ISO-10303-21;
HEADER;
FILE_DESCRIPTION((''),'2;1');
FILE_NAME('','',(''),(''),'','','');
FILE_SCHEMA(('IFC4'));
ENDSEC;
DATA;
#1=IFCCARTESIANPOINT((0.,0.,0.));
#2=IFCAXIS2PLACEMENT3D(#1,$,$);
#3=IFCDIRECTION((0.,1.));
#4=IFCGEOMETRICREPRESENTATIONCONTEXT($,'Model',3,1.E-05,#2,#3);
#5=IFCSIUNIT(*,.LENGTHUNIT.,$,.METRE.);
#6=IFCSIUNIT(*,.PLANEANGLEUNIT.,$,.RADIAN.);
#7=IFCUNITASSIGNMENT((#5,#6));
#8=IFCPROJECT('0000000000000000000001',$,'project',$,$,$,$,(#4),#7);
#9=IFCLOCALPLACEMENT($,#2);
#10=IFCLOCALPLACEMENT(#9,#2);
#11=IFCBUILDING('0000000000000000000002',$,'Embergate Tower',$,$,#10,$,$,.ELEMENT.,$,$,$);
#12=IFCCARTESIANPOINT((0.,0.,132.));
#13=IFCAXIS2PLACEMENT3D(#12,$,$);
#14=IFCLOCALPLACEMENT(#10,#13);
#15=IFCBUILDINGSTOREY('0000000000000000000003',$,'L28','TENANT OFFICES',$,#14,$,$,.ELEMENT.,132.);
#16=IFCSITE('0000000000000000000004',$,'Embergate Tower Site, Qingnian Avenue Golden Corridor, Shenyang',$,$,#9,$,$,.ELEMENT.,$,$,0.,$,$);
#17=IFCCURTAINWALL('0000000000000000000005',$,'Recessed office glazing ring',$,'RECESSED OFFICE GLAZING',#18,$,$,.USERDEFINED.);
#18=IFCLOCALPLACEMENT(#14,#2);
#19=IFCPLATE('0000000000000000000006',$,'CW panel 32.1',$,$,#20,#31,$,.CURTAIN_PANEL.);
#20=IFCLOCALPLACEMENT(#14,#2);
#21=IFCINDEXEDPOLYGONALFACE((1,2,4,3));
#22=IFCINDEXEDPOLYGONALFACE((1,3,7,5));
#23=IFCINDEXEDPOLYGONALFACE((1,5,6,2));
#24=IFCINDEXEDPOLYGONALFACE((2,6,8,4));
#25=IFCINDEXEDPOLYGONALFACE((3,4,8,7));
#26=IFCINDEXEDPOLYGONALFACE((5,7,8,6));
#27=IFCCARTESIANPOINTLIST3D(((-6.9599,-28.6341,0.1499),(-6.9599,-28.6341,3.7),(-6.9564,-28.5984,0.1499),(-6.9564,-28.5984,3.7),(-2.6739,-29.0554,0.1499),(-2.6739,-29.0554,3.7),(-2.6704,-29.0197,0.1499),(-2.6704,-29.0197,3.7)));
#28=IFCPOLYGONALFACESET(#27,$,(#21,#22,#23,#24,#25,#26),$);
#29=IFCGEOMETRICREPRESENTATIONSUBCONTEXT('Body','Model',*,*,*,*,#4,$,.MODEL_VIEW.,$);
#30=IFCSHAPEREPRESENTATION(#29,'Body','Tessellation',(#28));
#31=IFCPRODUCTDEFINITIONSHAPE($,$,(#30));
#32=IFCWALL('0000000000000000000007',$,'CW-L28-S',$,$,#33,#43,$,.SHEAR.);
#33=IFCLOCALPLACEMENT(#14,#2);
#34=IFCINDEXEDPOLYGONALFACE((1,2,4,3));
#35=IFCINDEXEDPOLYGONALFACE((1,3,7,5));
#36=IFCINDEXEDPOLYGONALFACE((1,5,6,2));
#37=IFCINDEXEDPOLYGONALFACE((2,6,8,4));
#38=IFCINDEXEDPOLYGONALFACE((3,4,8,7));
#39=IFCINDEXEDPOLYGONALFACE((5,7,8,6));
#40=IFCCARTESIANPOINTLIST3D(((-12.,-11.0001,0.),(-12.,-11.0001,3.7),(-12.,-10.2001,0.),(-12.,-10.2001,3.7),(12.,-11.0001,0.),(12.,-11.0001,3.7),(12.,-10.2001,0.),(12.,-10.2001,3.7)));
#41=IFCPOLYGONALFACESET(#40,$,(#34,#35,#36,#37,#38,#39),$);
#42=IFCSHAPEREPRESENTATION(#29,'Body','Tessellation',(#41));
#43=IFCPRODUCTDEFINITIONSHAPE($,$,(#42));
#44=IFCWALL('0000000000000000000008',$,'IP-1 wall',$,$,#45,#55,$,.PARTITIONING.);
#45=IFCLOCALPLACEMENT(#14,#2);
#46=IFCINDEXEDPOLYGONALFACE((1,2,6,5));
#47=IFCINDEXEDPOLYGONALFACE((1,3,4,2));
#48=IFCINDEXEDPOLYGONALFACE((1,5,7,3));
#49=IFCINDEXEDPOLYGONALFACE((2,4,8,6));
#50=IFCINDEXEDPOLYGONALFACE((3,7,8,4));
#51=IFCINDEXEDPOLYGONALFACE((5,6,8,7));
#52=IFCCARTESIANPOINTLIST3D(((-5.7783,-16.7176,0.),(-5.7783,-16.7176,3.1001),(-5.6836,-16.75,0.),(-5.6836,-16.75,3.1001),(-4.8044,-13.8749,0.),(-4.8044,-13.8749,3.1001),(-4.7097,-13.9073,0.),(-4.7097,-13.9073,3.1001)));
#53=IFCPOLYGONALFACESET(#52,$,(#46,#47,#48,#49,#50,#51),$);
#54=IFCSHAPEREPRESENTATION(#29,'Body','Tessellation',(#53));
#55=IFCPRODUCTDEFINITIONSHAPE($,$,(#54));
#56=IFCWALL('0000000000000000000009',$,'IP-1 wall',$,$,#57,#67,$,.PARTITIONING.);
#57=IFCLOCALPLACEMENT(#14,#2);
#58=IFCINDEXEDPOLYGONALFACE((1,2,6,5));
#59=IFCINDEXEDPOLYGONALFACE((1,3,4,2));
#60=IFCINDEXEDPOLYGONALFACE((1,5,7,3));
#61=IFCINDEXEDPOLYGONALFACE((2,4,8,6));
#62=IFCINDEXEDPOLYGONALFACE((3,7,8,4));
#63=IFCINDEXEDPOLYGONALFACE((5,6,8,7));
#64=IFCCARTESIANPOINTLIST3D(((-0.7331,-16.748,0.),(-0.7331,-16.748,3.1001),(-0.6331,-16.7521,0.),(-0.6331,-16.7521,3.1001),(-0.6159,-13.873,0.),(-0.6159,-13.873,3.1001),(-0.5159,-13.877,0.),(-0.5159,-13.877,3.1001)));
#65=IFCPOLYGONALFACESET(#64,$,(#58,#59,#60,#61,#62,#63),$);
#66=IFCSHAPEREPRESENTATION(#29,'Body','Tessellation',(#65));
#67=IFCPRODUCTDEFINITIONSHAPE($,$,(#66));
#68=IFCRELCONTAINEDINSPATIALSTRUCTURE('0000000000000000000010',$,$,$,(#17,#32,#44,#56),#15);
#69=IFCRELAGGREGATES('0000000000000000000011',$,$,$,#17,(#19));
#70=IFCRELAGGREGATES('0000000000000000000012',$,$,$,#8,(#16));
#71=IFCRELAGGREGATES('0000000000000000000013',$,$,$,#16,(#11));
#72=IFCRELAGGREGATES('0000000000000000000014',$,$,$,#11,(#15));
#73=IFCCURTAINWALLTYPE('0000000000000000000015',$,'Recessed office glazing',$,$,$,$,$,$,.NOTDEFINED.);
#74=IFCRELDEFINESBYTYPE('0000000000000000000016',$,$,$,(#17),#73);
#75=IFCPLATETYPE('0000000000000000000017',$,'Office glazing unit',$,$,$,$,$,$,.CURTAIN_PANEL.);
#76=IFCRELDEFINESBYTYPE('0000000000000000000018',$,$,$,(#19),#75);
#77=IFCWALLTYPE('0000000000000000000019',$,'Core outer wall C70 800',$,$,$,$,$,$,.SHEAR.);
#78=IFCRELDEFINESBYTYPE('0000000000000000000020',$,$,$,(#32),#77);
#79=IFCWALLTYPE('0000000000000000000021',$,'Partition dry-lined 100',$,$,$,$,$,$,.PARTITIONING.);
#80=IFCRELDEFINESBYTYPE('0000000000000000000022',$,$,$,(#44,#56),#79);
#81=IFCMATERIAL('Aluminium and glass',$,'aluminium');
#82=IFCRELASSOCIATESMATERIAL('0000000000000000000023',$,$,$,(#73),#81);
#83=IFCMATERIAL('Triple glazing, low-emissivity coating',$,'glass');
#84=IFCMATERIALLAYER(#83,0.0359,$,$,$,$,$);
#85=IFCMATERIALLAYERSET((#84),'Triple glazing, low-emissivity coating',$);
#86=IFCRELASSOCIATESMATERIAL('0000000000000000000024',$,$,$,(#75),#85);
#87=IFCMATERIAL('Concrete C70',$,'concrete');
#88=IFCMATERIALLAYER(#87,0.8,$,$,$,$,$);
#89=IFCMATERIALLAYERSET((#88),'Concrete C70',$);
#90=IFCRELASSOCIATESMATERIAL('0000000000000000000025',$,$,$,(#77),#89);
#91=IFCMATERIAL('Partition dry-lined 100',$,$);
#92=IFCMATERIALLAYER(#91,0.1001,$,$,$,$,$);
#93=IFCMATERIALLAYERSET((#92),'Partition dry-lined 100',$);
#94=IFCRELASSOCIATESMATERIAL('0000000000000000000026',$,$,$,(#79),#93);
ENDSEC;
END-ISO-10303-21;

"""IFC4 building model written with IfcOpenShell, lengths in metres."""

from ifc_helpers import new_model, si_unit, direction, frame, frame_2d, origin, origin_2d, place, context, subcontext, project, spatial, rectangle, extrude, source, transform, mapped, material, layer, layer_set, type_object, element, aggregate, save


model = new_model("IFC4")

# Units and contexts
model_context = context("Model", 3, precision=1e-05, world=origin(), true_north=direction((0.0, 1.0)))
body_context = subcontext(model_context, "Body", "Model", "MODEL_VIEW")
ifc_project = project(units=[si_unit("LENGTHUNIT", "METRE"), si_unit("PLANEANGLEUNIT", "RADIAN")], contexts=[model_context])

# Site, building, storey
site_placement = place(None, origin())
site = spatial("IfcSite", under=ifc_project, at=site_placement, Name="Embergate Tower Site, Qingnian Avenue Golden Corridor, Shenyang", CompositionType="ELEMENT", RefElevation=0.0)
building_placement = place(site_placement, origin())
building = spatial("IfcBuilding", under=site, at=building_placement, Name="Embergate Tower", CompositionType="ELEMENT")
storey_placement = place(building_placement, frame((0.0, 0.0, 132.0)))
storey = spatial("IfcBuildingStorey", under=building, at=storey_placement, Name="L28", Description="TENANT OFFICES", CompositionType="ELEMENT", Elevation=132.0)

# Shared definitions
ifc_material_1 = material(Name="Concrete C70", Category="concrete")

# Curtain wall
ifc_material_2 = material(Name="Aluminium and glass", Category="aluminium")
curtain_wall_type = type_object("IfcCurtainWallType", Name="Recessed office glazing", PredefinedType="NOTDEFINED", material=ifc_material_2)
curtain_wall_placement = place(storey_placement, origin())
curtain_wall = element("IfcCurtainWall", 1, at=curtain_wall_placement, inside=storey, type_object=curtain_wall_type, Name="Recessed office glazing ring", ObjectType="RECESSED OFFICE GLAZING", PredefinedType="USERDEFINED")

# Plate
ifc_material_3 = material(Name="Triple glazing, low-emissivity coating", Category="glass")
ifc_layer_1 = layer(ifc_material_3, 0.0359)
ifc_layer_set_1 = layer_set([ifc_layer_1], Name="Triple glazing, low-emissivity coating")
plate_type = type_object("IfcPlateType", Name="Office glazing unit", PredefinedType="CURTAIN_PANEL", material=ifc_layer_set_1)
shared_shape_1 = source(origin(), body_context, "Body", "SweptSolid", [
    extrude(rectangle(XDim=4.3066, YDim=0.0359, at=origin_2d()), origin(), (0.0, 0.0, 1.0), 3.55),
])
plate_1_placement = place(storey_placement, frame((-4.8152, -28.8269, 0.1499), z_axis=(0.0, 0.0, 1.0), x_axis=(0.995203, -0.097828, 0.0)))
plate_1 = element("IfcPlate", 2, at=plate_1_placement, type_object=plate_type, Name="CW panel 32.1", PredefinedType="CURTAIN_PANEL", context=body_context, shape_type="MappedRepresentation", body=[
    mapped(shared_shape_1, transform((0.0, 0.0, 0.0))),
])
aggregate(curtain_wall, [plate_1])

# Walls
ifc_layer_2 = layer(ifc_material_1, 0.8)
ifc_layer_set_2 = layer_set([ifc_layer_2], Name="Concrete C70")
wall_type_1 = type_object("IfcWallType", Name="Core outer wall C70 800", PredefinedType="SHEAR", material=ifc_layer_set_2)
shared_shape_2 = source(origin(), body_context, "Body", "SweptSolid", [
    extrude(rectangle(XDim=24.0, YDim=0.8, at=frame_2d((12.0, 0.0))), origin(), (0.0, 0.0, 1.0), 3.7),
])
wall_1_placement = place(storey_placement, frame((-12.0, -10.6001, 0.0), z_axis=(0.0, 0.0, 1.0), x_axis=(1.0, 0.0, 0.0)))
element("IfcWall", 3, at=wall_1_placement, inside=storey, type_object=wall_type_1, Name="CW-L28-S", PredefinedType="SHEAR", context=body_context, shape_type="MappedRepresentation", body=[
    mapped(shared_shape_2, transform((0.0, 0.0, 0.0))),
])
ifc_material_4 = material(Name="Partition dry-lined 100")
ifc_layer_3 = layer(ifc_material_4, 0.1001)
ifc_layer_set_3 = layer_set([ifc_layer_3], Name="Partition dry-lined 100")
wall_type_2 = type_object("IfcWallType", Name="Partition dry-lined 100", PredefinedType="PARTITIONING", material=ifc_layer_set_3)
shared_shape_3 = source(origin(), body_context, "Body", "SweptSolid", [
    extrude(rectangle(XDim=3.0049, YDim=0.1001, at=frame_2d((1.5024, 0.0))), origin(), (0.0, 0.0, 1.0), 3.1001),
])
wall_2_placement = place(storey_placement, frame((-4.7571, -13.8911, 0.0), z_axis=(0.0, 0.0, 1.0), x_axis=(-0.32409, -0.946026, 0.0)))
element("IfcWall", 4, at=wall_2_placement, inside=storey, type_object=wall_type_2, Name="IP-1 wall", PredefinedType="PARTITIONING", context=body_context, shape_type="MappedRepresentation", body=[
    mapped(shared_shape_3, transform((0.0, 0.0, 0.0))),
])
shared_shape_4 = source(origin(), body_context, "Body", "SweptSolid", [
    extrude(rectangle(XDim=2.8774, YDim=0.1001, at=frame_2d((1.4387, 0.0))), origin(), (0.0, 0.0, 1.0), 3.1001),
])
wall_3_placement = place(storey_placement, frame((-0.5659, -13.875, 0.0), z_axis=(0.0, 0.0, 1.0), x_axis=(-0.040727, -0.99917, 0.0)))
element("IfcWall", 5, at=wall_3_placement, inside=storey, type_object=wall_type_2, Name="IP-1 wall", PredefinedType="PARTITIONING", context=body_context, shape_type="MappedRepresentation", body=[
    mapped(shared_shape_4, transform((0.0, 0.0, 0.0))),
])

save(model, "model.ifc")
